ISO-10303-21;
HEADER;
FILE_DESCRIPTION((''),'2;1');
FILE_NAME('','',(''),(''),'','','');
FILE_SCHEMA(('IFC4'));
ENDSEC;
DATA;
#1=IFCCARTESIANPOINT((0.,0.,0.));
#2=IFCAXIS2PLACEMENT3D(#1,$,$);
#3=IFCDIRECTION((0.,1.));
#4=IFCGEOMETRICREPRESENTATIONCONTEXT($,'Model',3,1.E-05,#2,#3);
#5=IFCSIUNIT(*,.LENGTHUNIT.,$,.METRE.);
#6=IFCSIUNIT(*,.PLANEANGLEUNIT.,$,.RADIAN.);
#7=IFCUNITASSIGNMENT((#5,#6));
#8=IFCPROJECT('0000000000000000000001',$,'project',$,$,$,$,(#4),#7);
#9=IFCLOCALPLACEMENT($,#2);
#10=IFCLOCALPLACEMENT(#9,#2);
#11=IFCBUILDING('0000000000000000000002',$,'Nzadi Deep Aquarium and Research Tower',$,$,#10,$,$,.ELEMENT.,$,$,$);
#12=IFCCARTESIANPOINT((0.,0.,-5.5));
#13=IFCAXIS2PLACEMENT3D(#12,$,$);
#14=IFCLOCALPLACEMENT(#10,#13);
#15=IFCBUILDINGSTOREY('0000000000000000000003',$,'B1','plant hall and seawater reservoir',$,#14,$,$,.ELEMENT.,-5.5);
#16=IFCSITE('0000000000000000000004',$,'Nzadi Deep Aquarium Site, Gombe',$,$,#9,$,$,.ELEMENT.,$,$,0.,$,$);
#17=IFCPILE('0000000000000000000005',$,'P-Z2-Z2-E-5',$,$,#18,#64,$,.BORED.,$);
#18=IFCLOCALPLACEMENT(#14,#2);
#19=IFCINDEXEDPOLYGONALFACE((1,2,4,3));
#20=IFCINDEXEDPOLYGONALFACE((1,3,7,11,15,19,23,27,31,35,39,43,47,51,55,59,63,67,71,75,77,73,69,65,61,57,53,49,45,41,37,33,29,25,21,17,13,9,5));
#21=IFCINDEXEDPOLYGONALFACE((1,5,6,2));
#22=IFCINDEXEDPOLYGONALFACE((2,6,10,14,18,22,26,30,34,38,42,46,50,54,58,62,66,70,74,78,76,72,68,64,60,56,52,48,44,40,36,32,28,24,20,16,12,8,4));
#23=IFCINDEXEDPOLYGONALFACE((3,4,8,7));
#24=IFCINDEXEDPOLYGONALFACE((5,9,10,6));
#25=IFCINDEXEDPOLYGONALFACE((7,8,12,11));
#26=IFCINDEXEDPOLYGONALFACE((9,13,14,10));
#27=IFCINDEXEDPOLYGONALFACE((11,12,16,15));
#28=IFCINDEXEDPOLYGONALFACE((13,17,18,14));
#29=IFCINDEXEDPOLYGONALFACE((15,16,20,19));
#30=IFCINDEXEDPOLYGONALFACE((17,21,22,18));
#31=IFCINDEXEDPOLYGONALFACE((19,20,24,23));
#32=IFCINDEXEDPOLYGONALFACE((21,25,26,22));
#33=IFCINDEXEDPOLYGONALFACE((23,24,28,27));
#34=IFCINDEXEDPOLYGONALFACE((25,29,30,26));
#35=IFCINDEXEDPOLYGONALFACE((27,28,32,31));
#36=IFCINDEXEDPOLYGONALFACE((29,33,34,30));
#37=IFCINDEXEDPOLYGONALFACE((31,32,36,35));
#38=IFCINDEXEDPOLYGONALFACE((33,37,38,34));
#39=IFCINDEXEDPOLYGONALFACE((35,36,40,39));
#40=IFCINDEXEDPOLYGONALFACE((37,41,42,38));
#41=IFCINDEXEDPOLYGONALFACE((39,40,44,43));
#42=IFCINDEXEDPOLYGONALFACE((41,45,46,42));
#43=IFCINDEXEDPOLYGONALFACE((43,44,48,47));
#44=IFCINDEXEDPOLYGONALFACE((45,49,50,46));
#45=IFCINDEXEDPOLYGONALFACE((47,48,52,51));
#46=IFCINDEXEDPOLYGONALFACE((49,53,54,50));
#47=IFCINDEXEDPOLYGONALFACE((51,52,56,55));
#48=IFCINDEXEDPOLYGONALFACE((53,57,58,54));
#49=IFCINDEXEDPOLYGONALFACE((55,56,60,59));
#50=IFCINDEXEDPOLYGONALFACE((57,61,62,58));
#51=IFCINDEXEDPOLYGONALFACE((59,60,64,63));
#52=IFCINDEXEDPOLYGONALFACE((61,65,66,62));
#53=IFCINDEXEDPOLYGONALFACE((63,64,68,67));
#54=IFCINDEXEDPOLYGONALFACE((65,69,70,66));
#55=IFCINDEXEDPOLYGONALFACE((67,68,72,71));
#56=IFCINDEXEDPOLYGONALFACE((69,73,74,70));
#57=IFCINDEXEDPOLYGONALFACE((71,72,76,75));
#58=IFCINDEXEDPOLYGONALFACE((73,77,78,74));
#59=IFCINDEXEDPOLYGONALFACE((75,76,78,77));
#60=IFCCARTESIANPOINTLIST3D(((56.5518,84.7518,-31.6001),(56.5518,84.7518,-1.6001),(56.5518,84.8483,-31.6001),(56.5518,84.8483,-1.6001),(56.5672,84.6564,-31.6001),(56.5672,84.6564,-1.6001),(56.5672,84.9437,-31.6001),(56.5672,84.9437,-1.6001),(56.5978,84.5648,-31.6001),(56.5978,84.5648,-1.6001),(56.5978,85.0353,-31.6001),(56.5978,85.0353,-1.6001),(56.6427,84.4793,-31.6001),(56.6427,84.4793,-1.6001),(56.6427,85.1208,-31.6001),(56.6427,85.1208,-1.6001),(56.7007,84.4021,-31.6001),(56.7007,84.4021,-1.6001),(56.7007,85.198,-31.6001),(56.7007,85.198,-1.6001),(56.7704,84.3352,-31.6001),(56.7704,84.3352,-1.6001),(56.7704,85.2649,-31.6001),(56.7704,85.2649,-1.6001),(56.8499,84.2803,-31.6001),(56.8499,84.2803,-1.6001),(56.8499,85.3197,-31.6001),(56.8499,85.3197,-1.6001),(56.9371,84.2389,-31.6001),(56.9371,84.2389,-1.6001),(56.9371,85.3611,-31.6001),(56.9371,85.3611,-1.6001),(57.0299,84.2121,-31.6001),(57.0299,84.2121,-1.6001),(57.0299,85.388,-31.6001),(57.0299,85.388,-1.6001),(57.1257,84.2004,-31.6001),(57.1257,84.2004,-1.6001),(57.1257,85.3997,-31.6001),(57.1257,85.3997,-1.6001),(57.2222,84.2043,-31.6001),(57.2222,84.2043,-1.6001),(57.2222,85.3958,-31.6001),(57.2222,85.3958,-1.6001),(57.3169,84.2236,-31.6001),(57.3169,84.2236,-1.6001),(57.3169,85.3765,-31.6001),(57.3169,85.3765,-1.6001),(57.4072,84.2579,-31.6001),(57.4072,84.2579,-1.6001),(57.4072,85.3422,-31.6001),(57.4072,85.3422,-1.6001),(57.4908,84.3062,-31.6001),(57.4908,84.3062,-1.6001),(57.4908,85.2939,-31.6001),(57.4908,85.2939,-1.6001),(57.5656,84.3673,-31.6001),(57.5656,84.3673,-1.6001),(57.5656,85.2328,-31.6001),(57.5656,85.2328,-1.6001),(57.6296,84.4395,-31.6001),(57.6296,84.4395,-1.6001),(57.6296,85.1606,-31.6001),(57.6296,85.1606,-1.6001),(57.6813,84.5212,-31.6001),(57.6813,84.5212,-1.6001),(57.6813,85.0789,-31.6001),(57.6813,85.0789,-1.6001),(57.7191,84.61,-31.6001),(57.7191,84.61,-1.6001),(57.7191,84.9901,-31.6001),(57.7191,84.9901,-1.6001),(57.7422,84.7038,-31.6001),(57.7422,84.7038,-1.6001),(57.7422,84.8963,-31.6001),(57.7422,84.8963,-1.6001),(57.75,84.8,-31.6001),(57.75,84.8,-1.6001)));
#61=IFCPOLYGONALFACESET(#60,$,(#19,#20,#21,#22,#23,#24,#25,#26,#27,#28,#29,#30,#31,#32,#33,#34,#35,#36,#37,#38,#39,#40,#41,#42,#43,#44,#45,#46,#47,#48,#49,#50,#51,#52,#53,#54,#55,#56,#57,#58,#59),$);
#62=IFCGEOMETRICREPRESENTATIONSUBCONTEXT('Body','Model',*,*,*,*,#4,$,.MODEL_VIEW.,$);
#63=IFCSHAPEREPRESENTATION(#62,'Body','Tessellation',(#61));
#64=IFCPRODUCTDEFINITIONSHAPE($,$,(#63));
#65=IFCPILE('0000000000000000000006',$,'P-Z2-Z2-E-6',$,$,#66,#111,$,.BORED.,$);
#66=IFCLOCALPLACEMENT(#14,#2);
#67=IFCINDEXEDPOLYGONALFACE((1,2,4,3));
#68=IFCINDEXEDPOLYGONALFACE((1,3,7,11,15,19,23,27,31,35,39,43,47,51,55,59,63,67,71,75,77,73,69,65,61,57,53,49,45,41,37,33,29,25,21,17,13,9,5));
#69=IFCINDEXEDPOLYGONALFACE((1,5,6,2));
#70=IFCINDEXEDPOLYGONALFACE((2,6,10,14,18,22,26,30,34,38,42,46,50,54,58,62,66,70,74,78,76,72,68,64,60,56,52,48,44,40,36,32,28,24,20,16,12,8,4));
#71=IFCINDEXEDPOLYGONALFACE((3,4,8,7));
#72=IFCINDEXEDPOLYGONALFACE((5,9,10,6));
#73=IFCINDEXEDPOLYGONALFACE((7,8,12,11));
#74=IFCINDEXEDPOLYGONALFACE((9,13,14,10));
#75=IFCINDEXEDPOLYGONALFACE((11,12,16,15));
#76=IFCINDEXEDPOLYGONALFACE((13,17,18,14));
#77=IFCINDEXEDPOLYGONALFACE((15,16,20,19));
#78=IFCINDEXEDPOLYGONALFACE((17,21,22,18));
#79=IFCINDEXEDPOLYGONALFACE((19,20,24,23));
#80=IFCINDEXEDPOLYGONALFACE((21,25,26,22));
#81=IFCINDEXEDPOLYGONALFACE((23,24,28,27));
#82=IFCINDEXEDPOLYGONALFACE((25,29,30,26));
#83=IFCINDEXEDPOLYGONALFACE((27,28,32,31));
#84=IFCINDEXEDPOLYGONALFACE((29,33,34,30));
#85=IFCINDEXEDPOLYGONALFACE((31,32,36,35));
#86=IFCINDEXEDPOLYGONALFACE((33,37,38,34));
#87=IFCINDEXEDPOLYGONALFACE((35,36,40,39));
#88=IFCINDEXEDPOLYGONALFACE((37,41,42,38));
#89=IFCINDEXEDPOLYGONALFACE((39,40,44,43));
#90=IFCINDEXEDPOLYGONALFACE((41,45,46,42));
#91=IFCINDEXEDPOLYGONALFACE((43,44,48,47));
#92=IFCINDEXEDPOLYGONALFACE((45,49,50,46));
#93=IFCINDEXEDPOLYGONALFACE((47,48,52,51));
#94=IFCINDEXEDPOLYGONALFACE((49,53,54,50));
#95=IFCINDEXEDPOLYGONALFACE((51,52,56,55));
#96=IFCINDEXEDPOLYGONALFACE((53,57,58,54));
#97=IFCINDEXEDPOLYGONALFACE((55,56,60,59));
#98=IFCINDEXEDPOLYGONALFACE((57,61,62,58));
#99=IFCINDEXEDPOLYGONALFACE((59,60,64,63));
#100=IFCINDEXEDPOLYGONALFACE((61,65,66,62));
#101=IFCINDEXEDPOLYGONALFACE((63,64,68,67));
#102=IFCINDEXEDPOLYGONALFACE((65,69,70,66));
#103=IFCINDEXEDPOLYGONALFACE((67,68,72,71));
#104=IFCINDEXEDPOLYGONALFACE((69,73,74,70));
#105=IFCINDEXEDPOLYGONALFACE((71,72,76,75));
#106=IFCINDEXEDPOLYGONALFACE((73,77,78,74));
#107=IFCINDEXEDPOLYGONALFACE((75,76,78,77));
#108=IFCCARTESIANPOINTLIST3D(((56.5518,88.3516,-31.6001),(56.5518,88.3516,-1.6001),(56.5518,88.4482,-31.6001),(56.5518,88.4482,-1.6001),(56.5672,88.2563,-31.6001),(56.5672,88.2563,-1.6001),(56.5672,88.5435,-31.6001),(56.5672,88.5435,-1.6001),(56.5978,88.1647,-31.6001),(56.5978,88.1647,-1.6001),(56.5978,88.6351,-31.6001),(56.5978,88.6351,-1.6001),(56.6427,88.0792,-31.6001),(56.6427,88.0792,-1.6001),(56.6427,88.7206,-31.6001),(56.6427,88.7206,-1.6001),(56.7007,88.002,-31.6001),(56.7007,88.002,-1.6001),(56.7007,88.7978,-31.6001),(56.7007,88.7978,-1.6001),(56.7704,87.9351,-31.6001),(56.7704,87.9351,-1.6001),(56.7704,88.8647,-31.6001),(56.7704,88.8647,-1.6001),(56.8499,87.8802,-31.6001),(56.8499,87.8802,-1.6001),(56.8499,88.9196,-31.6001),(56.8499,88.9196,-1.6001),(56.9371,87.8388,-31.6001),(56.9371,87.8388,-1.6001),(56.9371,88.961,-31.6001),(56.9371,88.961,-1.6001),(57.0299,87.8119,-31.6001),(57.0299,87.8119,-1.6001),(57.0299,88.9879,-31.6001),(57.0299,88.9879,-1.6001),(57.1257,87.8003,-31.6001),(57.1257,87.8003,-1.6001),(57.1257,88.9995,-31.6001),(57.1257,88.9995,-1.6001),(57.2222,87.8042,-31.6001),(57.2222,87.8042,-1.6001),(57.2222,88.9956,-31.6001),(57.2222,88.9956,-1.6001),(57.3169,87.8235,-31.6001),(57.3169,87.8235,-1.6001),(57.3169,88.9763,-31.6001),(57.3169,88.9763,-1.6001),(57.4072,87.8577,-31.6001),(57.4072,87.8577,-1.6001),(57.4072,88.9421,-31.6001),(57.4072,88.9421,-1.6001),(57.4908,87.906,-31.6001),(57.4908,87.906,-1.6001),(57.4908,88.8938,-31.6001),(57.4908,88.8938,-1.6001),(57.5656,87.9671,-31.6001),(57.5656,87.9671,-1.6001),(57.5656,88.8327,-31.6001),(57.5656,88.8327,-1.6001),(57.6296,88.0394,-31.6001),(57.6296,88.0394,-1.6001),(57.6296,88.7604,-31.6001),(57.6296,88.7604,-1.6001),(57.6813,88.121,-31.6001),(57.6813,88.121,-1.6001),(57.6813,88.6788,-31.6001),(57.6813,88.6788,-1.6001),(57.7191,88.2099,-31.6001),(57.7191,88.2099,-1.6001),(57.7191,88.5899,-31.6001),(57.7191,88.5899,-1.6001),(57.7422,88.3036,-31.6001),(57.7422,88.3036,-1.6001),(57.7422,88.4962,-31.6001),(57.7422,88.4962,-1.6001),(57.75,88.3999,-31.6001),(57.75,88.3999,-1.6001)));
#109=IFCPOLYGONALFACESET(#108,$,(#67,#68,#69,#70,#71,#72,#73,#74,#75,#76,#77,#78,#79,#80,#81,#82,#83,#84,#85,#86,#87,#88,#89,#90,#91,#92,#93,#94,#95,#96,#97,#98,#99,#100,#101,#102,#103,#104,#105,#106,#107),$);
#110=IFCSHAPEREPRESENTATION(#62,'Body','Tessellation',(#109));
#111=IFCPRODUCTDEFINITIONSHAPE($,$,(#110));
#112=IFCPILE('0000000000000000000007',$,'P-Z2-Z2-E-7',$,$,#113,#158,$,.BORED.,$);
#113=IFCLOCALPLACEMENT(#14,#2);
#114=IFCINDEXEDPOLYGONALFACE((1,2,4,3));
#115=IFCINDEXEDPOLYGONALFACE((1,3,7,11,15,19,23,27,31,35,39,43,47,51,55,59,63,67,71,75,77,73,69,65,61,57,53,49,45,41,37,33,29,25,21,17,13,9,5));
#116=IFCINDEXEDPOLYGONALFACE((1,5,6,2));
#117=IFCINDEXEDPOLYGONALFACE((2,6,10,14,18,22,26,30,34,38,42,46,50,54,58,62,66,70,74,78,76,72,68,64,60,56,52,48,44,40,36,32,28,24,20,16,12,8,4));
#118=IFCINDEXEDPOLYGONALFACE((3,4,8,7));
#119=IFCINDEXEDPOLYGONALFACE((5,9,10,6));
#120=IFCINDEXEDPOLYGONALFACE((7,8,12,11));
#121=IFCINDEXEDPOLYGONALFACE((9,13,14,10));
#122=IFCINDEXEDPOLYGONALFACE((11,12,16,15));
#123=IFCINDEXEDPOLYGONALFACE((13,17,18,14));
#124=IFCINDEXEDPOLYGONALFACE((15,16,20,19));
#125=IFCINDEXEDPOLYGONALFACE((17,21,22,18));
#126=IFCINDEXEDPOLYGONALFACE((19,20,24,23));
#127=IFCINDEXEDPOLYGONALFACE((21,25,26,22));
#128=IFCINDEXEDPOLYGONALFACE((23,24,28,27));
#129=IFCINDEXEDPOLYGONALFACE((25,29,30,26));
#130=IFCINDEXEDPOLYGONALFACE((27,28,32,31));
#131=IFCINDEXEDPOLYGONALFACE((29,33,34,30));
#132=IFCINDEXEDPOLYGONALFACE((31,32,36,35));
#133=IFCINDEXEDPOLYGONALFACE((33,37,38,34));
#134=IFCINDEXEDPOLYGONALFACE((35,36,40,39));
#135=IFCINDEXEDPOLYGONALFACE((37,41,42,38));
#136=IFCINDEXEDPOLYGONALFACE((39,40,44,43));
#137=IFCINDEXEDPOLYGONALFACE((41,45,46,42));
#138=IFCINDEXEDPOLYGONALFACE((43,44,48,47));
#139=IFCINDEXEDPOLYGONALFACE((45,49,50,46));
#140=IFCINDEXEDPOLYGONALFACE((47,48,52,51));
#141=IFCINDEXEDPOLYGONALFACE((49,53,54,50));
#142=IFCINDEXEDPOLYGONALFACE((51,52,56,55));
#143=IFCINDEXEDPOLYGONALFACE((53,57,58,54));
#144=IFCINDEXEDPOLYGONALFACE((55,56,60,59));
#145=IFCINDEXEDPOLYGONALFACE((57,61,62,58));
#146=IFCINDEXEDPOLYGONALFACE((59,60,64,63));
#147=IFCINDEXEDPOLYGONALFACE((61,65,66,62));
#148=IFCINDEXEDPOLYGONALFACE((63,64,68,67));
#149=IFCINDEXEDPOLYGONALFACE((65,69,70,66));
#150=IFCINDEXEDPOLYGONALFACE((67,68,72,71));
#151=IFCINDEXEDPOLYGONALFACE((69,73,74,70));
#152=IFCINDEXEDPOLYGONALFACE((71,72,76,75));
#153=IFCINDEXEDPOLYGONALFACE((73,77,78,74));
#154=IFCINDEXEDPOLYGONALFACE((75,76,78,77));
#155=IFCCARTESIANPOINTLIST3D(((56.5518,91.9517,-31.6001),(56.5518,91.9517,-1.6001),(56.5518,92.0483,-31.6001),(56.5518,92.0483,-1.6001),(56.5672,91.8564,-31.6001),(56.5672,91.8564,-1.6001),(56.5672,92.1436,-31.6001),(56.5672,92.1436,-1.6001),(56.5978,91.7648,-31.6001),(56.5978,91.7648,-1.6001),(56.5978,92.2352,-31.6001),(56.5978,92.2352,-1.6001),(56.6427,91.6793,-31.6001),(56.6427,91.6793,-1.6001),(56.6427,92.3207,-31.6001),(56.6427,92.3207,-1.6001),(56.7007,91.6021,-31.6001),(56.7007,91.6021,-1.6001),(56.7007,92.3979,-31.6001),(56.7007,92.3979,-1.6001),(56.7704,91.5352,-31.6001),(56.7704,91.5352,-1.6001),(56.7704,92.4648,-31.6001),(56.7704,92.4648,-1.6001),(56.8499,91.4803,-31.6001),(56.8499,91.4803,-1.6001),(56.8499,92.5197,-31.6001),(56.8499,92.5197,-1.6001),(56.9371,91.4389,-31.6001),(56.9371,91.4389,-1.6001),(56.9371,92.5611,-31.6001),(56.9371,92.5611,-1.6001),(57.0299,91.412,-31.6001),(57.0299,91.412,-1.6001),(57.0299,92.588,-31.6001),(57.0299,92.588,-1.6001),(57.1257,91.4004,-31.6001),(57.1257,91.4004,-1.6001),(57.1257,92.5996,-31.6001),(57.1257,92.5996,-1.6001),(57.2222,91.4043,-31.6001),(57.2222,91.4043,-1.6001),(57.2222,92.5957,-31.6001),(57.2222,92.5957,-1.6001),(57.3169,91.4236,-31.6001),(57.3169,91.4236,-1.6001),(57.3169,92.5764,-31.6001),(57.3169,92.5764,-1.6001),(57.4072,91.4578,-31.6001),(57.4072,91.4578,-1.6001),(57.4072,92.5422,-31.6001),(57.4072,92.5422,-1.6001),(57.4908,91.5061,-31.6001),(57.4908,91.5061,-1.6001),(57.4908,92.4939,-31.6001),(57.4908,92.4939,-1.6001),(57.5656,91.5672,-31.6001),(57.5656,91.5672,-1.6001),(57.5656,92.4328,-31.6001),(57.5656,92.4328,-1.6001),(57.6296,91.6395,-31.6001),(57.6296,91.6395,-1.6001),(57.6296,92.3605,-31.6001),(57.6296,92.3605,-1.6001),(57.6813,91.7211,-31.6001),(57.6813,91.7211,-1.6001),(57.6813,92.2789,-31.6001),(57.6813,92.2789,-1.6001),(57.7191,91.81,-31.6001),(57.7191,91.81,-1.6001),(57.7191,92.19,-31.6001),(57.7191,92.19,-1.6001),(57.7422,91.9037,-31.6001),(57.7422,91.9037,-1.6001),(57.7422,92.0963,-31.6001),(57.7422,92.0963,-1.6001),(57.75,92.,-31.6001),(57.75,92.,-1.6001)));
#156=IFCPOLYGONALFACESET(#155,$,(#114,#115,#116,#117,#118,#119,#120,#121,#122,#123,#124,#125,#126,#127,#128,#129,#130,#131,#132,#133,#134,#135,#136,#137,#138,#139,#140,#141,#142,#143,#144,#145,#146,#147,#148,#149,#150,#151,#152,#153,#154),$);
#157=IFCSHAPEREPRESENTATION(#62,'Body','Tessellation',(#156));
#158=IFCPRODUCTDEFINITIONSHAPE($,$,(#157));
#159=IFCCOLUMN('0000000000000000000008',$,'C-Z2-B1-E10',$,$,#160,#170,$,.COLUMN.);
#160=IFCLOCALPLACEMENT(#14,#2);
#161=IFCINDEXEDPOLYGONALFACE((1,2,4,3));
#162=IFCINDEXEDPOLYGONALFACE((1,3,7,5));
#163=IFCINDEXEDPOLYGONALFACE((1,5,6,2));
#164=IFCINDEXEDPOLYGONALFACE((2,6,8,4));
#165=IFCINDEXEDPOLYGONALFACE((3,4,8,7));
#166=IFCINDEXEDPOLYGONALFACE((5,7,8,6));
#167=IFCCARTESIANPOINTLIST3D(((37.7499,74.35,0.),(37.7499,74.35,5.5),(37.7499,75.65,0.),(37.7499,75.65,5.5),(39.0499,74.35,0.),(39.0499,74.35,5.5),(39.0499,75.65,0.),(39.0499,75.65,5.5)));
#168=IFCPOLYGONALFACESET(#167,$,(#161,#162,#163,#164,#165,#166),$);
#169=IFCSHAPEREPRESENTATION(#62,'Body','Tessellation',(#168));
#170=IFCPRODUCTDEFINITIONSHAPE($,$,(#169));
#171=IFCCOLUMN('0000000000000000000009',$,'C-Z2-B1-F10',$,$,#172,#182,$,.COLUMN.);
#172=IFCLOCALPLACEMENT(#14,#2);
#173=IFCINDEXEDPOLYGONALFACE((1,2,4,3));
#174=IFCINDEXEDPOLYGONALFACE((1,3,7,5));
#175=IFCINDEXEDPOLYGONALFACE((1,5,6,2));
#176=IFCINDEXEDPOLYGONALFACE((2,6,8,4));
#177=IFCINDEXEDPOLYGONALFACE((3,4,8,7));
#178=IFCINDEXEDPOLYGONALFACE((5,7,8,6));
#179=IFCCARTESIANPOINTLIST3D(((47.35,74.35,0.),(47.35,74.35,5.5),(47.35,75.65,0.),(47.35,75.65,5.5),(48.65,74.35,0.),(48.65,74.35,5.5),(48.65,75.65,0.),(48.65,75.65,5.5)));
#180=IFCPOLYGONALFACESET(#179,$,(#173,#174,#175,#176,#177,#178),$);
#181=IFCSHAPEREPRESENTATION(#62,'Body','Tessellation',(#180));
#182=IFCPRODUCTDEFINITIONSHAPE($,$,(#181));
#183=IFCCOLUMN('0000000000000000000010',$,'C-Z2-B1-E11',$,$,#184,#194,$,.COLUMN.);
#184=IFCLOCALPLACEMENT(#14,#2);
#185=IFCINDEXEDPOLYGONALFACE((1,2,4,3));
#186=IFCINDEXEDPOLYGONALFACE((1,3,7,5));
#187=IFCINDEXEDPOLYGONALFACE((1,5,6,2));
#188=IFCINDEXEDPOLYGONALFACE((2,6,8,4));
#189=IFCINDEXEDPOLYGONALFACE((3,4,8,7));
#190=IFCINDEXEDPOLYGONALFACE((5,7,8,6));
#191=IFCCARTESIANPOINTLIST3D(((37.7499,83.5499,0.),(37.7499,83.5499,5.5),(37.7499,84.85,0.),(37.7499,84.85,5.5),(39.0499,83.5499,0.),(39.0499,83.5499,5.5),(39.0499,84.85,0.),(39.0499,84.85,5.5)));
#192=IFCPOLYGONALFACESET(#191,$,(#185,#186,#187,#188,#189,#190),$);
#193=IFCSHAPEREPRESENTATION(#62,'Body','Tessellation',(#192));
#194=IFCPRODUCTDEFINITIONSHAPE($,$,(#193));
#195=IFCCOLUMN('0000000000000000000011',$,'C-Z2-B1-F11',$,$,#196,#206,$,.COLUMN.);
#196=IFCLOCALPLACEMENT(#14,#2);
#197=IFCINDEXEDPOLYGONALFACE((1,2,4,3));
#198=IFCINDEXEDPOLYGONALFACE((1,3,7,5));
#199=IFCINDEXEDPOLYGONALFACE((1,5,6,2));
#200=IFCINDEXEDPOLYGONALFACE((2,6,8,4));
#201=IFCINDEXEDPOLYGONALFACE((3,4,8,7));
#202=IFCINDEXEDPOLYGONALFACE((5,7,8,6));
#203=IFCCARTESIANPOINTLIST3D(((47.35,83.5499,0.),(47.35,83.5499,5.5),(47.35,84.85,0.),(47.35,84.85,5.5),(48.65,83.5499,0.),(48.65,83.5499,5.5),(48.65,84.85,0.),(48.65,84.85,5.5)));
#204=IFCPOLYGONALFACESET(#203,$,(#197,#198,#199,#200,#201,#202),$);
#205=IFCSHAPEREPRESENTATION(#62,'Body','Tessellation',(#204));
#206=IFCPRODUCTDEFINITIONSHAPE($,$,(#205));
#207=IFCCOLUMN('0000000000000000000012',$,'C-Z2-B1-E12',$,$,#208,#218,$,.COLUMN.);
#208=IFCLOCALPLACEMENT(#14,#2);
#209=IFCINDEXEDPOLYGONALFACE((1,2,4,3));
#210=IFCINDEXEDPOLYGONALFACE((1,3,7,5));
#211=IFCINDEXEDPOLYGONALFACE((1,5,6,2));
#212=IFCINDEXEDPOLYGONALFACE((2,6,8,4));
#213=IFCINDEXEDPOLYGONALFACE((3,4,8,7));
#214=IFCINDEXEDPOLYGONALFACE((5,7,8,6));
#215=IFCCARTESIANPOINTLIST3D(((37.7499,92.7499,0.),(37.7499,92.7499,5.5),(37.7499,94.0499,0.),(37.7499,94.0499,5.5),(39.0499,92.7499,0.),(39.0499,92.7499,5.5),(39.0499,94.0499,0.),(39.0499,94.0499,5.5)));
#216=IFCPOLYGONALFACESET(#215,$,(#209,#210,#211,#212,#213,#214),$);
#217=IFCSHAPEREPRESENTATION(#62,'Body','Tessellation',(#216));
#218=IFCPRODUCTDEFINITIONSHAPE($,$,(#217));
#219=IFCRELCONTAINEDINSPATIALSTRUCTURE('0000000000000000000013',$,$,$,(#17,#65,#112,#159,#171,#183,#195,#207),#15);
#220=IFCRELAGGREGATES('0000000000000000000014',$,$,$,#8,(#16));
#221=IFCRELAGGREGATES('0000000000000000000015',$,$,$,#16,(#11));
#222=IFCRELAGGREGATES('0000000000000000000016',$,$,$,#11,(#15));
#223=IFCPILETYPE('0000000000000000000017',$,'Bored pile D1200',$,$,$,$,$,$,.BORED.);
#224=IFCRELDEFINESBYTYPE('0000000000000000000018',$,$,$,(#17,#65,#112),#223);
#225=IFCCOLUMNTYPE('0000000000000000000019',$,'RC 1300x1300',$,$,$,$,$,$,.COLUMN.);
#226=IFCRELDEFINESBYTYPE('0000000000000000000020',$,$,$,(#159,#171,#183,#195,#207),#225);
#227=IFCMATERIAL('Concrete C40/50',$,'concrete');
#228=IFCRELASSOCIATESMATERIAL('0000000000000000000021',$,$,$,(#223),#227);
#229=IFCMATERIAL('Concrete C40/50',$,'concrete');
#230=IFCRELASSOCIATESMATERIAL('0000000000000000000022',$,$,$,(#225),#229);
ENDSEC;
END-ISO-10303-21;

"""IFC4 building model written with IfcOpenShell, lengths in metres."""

from ifc_helpers import new_model, si_unit, direction, frame, origin, origin_2d, place, context, subcontext, project, spatial, rectangle, circle, extrude, material, material_profile, profile_set, type_object, element, save


model = new_model("IFC4")

# Units and contexts
model_context = context("Model", 3, precision=1e-05, world=origin(), true_north=direction((0.0, 1.0)))
body_context = subcontext(model_context, "Body", "Model", "MODEL_VIEW")
ifc_project = project(units=[si_unit("LENGTHUNIT", "METRE"), si_unit("PLANEANGLEUNIT", "RADIAN")], contexts=[model_context])

# Site, building, storey
site_placement = place(None, origin())
site = spatial("IfcSite", under=ifc_project, at=site_placement, Name="Nzadi Deep Aquarium Site, Gombe", CompositionType="ELEMENT", RefElevation=0.0)
building_placement = place(site_placement, origin())
building = spatial("IfcBuilding", under=site, at=building_placement, Name="Nzadi Deep Aquarium and Research Tower", CompositionType="ELEMENT")
storey_placement = place(building_placement, frame((0.0, 0.0, -5.5)))
storey = spatial("IfcBuildingStorey", under=building, at=storey_placement, Name="B1", Description="plant hall and seawater reservoir", CompositionType="ELEMENT", Elevation=-5.5)

# Piles
ifc_material_1 = material(Name="Concrete C40/50", Category="concrete")
ifc_material_profile_1 = material_profile(ifc_material_1, circle(Radius=0.6001, at=origin_2d()))
ifc_profile_set_1 = profile_set([ifc_material_profile_1], Name="Concrete C40/50")
pile_type_1 = type_object("IfcPileType", Name="Bored pile D1200", PredefinedType="BORED", material=ifc_profile_set_1)
for number, where, z_axis, x_axis, name in (
    (1, (57.1499, 84.8, -1.6001), (0.0, 0.0, -1.0), (1.0, 0.0, 0.0), "P-Z2-Z2-E-5"),
    (2, (57.1499, 88.3999, -1.6001), (0.0, 0.0, -1.0), (1.0, 0.0, 0.0), "P-Z2-Z2-E-6"),
    (3, (57.1499, 92.0, -1.6001), (0.0, 0.0, -1.0), (1.0, 0.0, 0.0), "P-Z2-Z2-E-7"),
):
    element("IfcPile", number, at=place(storey_placement, frame(where, z_axis=z_axis, x_axis=x_axis)), inside=storey, type_object=pile_type_1, Name=name, PredefinedType="BORED", context=body_context, shape_type="SweptSolid", body=[
        extrude(circle(Radius=0.6001, at=origin_2d()), origin(), (0.0, 0.0, 1.0), 30.0),
    ])

# Columns
ifc_material_2 = material(Name="Concrete C40/50", Category="concrete")
ifc_material_profile_2 = material_profile(ifc_material_2, rectangle(XDim=1.3, YDim=1.3, at=origin_2d()))
ifc_profile_set_2 = profile_set([ifc_material_profile_2], Name="Concrete C40/50")
column_type = type_object("IfcColumnType", Name="RC 1300x1300", PredefinedType="COLUMN", material=ifc_profile_set_2)
for number, where, z_axis, x_axis, name in (
    (4, (38.3999, 75.0, 0.0), (0.0, 0.0, 1.0), (1.0, 0.0, 0.0), "C-Z2-B1-E10"),
    (5, (48.0, 75.0, 0.0), (0.0, 0.0, 1.0), (1.0, 0.0, 0.0), "C-Z2-B1-F10"),
    (6, (38.3999, 84.2, 0.0), (0.0, 0.0, 1.0), (1.0, 0.0, 0.0), "C-Z2-B1-E11"),
    (7, (48.0, 84.2, 0.0), (0.0, 0.0, 1.0), (1.0, 0.0, 0.0), "C-Z2-B1-F11"),
    (8, (38.3999, 93.3999, 0.0), (0.0, 0.0, 1.0), (1.0, 0.0, 0.0), "C-Z2-B1-E12"),
):
    element("IfcColumn", number, at=place(storey_placement, frame(where, z_axis=z_axis, x_axis=x_axis)), inside=storey, type_object=column_type, Name=name, PredefinedType="COLUMN", context=body_context, shape_type="SweptSolid", body=[
        extrude(rectangle(XDim=1.3, YDim=1.3, at=origin_2d()), origin(), (0.0, 0.0, 1.0), 5.5),
    ])

save(model, "model.ifc")
